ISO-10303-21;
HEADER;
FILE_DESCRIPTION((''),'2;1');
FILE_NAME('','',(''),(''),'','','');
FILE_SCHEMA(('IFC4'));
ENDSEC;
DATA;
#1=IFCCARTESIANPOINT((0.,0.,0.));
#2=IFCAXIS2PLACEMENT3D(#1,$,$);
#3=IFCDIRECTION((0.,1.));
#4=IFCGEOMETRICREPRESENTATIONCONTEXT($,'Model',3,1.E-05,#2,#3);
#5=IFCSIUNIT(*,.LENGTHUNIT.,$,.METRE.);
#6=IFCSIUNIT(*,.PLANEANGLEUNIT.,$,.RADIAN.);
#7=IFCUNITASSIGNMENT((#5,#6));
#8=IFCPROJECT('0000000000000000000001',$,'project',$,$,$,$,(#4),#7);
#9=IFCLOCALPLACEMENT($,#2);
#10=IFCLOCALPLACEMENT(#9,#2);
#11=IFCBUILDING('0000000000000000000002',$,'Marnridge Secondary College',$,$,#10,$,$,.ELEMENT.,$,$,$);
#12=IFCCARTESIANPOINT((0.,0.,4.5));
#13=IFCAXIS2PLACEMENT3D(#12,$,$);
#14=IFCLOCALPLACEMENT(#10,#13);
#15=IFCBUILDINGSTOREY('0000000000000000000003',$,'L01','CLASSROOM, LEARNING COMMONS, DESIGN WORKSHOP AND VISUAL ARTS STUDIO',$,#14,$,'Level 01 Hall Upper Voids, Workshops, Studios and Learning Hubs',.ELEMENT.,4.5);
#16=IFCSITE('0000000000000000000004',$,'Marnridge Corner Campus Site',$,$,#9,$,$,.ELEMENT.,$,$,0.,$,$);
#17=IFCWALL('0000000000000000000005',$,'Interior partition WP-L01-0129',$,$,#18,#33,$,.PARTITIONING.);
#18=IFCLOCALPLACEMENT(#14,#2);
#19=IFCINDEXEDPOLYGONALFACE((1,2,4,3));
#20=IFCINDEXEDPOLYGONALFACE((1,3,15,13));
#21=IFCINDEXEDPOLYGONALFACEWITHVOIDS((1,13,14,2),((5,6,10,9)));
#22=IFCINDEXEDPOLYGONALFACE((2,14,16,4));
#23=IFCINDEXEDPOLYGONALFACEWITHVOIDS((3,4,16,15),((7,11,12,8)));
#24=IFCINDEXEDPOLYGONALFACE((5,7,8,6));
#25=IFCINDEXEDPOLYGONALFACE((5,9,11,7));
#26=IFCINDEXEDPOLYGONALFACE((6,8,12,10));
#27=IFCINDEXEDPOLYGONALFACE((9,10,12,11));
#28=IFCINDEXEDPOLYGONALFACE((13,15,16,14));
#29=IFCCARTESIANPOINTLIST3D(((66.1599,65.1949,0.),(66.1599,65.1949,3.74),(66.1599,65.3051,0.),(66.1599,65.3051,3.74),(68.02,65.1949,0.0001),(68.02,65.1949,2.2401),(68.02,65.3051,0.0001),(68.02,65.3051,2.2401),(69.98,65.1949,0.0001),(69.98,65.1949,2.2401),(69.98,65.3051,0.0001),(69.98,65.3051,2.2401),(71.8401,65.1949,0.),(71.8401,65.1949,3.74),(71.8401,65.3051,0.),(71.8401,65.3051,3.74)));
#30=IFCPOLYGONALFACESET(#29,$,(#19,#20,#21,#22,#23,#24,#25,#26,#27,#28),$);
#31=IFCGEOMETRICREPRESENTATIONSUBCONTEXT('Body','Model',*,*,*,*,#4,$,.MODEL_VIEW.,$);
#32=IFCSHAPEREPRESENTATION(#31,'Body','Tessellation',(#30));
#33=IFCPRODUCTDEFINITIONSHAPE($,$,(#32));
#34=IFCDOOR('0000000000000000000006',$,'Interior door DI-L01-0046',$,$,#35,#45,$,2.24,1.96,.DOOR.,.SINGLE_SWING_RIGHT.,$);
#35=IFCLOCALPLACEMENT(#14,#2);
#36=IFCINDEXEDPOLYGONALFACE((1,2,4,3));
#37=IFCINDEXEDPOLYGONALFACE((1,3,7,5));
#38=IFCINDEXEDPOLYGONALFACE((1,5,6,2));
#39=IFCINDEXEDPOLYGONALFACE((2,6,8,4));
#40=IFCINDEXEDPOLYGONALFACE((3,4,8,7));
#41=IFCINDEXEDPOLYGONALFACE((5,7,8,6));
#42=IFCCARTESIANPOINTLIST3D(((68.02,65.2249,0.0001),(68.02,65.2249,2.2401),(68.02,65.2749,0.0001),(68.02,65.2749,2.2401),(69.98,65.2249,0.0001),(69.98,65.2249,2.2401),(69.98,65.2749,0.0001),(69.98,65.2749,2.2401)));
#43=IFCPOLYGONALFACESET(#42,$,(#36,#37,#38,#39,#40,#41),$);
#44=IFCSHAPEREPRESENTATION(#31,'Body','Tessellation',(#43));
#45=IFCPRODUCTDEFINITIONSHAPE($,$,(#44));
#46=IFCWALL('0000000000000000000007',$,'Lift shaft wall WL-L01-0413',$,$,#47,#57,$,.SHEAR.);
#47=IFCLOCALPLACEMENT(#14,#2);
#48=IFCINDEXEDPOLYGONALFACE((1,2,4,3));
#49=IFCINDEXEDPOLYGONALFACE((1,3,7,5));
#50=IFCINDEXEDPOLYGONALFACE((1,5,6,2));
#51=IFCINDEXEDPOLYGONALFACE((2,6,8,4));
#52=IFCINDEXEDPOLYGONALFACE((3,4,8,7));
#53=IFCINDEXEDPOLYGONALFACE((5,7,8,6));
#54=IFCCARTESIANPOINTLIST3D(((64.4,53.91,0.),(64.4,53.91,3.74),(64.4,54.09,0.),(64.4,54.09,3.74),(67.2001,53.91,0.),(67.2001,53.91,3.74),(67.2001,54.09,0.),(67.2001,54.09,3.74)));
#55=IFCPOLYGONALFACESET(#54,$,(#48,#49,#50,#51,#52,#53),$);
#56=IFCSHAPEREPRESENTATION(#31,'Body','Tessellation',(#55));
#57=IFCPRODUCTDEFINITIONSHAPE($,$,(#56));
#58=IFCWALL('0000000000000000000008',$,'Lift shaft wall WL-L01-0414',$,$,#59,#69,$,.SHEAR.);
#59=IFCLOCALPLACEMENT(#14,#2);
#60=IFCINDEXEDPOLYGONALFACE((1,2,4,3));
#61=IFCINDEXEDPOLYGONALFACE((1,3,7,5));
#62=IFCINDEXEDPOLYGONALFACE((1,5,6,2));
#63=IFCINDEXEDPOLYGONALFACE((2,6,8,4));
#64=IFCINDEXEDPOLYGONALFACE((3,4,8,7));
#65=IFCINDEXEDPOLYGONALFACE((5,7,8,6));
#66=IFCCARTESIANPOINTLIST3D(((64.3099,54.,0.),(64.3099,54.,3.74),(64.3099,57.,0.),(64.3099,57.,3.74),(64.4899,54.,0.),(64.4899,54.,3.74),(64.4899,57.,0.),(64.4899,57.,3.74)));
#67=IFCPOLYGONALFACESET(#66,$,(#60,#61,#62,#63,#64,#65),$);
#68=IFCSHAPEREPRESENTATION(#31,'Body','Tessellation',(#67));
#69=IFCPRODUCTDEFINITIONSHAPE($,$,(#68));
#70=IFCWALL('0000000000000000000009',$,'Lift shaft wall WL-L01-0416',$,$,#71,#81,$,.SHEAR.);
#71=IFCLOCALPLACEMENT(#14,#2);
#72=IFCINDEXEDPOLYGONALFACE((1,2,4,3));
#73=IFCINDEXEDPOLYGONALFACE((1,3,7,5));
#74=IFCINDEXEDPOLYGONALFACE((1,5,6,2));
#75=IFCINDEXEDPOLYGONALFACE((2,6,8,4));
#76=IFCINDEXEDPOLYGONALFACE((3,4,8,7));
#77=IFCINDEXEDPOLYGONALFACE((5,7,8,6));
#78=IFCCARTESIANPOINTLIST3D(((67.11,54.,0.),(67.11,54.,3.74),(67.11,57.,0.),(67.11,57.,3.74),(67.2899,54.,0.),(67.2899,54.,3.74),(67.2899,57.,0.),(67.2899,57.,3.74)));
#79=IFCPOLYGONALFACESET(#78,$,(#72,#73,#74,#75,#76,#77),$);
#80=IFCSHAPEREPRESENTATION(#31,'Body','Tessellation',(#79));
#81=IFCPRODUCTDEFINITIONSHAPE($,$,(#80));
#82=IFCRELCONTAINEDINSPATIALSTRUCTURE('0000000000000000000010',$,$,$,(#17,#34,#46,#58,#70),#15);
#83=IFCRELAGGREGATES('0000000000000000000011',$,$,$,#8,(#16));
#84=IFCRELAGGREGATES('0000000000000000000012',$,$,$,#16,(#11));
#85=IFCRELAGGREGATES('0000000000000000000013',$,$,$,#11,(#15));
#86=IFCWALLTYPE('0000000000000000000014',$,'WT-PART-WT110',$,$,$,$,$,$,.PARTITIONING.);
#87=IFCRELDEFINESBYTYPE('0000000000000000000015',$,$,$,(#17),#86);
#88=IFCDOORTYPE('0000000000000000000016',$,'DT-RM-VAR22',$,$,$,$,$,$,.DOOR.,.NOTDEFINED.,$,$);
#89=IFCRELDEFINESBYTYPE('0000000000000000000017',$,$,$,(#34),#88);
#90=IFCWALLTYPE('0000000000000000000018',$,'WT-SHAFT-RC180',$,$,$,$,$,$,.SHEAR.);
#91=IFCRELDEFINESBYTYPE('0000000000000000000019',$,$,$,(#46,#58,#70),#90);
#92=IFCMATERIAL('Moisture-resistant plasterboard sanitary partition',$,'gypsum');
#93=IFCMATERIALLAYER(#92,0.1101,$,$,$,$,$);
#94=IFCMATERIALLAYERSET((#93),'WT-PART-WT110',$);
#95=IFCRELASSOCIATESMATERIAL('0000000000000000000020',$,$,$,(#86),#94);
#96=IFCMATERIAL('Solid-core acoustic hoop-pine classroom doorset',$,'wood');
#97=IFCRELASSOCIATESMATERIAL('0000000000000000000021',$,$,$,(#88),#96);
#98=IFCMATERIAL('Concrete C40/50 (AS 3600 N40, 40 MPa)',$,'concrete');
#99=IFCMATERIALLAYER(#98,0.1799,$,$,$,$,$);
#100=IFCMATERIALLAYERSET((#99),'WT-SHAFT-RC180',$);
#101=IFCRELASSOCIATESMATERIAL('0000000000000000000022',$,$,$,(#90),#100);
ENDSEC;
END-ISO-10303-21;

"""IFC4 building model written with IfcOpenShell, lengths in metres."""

from ifc_helpers import new_model, si_unit, direction, frame, frame_2d, origin, place, context, subcontext, project, spatial, rectangle, extrude, material, layer, layer_set, type_object, element, fill, save


model = new_model("IFC4")

# Units and contexts
model_context = context("Model", 3, precision=1e-05, world=origin(), true_north=direction((0.0, 1.0)))
body_context = subcontext(model_context, "Body", "Model", "MODEL_VIEW")
ifc_project = project(units=[si_unit("LENGTHUNIT", "METRE"), si_unit("PLANEANGLEUNIT", "RADIAN")], contexts=[model_context])

# Site, building, storey
site_placement = place(None, origin())
site = spatial("IfcSite", under=ifc_project, at=site_placement, Name="Marnridge Corner Campus Site", CompositionType="ELEMENT", RefElevation=0.0)
building_placement = place(site_placement, origin())
building = spatial("IfcBuilding", under=site, at=building_placement, Name="Marnridge Secondary College", CompositionType="ELEMENT")
storey_placement = place(building_placement, frame((0.0, 0.0, 4.5)))
storey = spatial("IfcBuildingStorey", under=building, at=storey_placement, Name="L01", Description="CLASSROOM, LEARNING COMMONS, DESIGN WORKSHOP AND VISUAL ARTS STUDIO", LongName="Level 01 Hall Upper Voids, Workshops, Studios and Learning Hubs", CompositionType="ELEMENT", Elevation=4.5)

# Shared definitions
ifc_material_1 = material(Name="Moisture-resistant plasterboard sanitary partition", Category="gypsum")
ifc_layer_1 = layer(ifc_material_1, 0.1101)
ifc_layer_set_1 = layer_set([ifc_layer_1], Name="WT-PART-WT110")
wall_type_1 = type_object("IfcWallType", Name="WT-PART-WT110", PredefinedType="PARTITIONING", material=ifc_layer_set_1)

# Wall, opening, door
wall_1_placement = place(storey_placement, frame((66.1599, 65.25, 0.0), z_axis=(0.0, 0.0, 1.0), x_axis=(1.0, 0.0, 0.0)))
wall_1 = element("IfcWall", 1, at=wall_1_placement, inside=storey, type_object=wall_type_1, Name="Interior partition WP-L01-0129", PredefinedType="PARTITIONING", context=body_context, shape_type="SweptSolid", body=[
    extrude(rectangle(XDim=5.6802, YDim=0.1101, at=frame_2d((2.8401, 0.0))), origin(), (0.0, 0.0, 1.0), 3.74),
])
opening_1_placement = place(wall_1_placement, frame((1.8601, 0.0, 0.0)))
opening_1 = element("IfcOpeningElement", 2, at=opening_1_placement, cuts=wall_1, PredefinedType="OPENING", context=body_context, shape_type="SweptSolid", body=[
    extrude(rectangle(XDim=1.96, YDim=2.24, at=frame_2d((0.98, 1.1201))), frame((0.0, 0.0649, 0.0), z_axis=(0.0, -1.0, 0.0), x_axis=(1.0, 0.0, 0.0)), (0.0, 0.0, 1.0), 0.1301),
])
ifc_material_2 = material(Name="Solid-core acoustic hoop-pine classroom doorset", Category="wood")
door_type_1 = type_object("IfcDoorType", Name="DT-RM-VAR22", OperationType="NOTDEFINED", PredefinedType="DOOR", material=ifc_material_2)
door_1_placement = place(opening_1_placement, origin())
door_1 = element("IfcDoor", 3, at=door_1_placement, inside=storey, type_object=door_type_1, Name="Interior door DI-L01-0046", OperationType="SINGLE_SWING_RIGHT", OverallHeight=2.24, OverallWidth=1.96, PredefinedType="DOOR", context=body_context, shape_type="SweptSolid", body=[
    extrude(rectangle(XDim=1.96, YDim=2.24, at=frame_2d((0.98, 1.1201))), frame((0.0, 0.0249, 0.0), z_axis=(0.0, -1.0, 0.0), x_axis=(1.0, 0.0, 0.0)), (0.0, 0.0, 1.0), 0.05),
])
fill(opening_1, door_1)

# Walls
ifc_material_3 = material(Name="Concrete C40/50 (AS 3600 N40, 40 MPa)", Category="concrete")
ifc_layer_2 = layer(ifc_material_3, 0.1799)
ifc_layer_set_2 = layer_set([ifc_layer_2], Name="WT-SHAFT-RC180")
wall_type_2 = type_object("IfcWallType", Name="WT-SHAFT-RC180", PredefinedType="SHEAR", material=ifc_layer_set_2)
wall_2_placement = place(storey_placement, frame((67.2, 54.0, 0.0), z_axis=(0.0, 0.0, 1.0), x_axis=(-1.0, 0.0, 0.0)))
element("IfcWall", 4, at=wall_2_placement, inside=storey, type_object=wall_type_2, Name="Lift shaft wall WL-L01-0413", PredefinedType="SHEAR", context=body_context, shape_type="SweptSolid", body=[
    extrude(rectangle(XDim=2.8, YDim=0.1799, at=frame_2d((1.3999, 0.0))), origin(), (0.0, 0.0, 1.0), 3.74),
])
wall_3_placement = place(storey_placement, frame((64.3999, 54.0, 0.0), z_axis=(0.0, 0.0, 1.0), x_axis=(0.0, 1.0, 0.0)))
element("IfcWall", 5, at=wall_3_placement, inside=storey, type_object=wall_type_2, Name="Lift shaft wall WL-L01-0414", PredefinedType="SHEAR", context=body_context, shape_type="SweptSolid", body=[
    extrude(rectangle(XDim=3.0, YDim=0.1799, at=frame_2d((1.5, 0.0))), origin(), (0.0, 0.0, 1.0), 3.74),
])

# Wall
wall_4_placement = place(storey_placement, frame((67.2, 57.0, 0.0), z_axis=(0.0, 0.0, 1.0), x_axis=(0.0, -1.0, 0.0)))
element("IfcWall", 6, at=wall_4_placement, inside=storey, type_object=wall_type_2, Name="Lift shaft wall WL-L01-0416", PredefinedType="SHEAR", context=body_context, shape_type="SweptSolid", body=[
    extrude(rectangle(XDim=3.0, YDim=0.1799, at=frame_2d((1.5, 0.0))), origin(), (0.0, 0.0, 1.0), 3.74),
])

save(model, "model.ifc")
